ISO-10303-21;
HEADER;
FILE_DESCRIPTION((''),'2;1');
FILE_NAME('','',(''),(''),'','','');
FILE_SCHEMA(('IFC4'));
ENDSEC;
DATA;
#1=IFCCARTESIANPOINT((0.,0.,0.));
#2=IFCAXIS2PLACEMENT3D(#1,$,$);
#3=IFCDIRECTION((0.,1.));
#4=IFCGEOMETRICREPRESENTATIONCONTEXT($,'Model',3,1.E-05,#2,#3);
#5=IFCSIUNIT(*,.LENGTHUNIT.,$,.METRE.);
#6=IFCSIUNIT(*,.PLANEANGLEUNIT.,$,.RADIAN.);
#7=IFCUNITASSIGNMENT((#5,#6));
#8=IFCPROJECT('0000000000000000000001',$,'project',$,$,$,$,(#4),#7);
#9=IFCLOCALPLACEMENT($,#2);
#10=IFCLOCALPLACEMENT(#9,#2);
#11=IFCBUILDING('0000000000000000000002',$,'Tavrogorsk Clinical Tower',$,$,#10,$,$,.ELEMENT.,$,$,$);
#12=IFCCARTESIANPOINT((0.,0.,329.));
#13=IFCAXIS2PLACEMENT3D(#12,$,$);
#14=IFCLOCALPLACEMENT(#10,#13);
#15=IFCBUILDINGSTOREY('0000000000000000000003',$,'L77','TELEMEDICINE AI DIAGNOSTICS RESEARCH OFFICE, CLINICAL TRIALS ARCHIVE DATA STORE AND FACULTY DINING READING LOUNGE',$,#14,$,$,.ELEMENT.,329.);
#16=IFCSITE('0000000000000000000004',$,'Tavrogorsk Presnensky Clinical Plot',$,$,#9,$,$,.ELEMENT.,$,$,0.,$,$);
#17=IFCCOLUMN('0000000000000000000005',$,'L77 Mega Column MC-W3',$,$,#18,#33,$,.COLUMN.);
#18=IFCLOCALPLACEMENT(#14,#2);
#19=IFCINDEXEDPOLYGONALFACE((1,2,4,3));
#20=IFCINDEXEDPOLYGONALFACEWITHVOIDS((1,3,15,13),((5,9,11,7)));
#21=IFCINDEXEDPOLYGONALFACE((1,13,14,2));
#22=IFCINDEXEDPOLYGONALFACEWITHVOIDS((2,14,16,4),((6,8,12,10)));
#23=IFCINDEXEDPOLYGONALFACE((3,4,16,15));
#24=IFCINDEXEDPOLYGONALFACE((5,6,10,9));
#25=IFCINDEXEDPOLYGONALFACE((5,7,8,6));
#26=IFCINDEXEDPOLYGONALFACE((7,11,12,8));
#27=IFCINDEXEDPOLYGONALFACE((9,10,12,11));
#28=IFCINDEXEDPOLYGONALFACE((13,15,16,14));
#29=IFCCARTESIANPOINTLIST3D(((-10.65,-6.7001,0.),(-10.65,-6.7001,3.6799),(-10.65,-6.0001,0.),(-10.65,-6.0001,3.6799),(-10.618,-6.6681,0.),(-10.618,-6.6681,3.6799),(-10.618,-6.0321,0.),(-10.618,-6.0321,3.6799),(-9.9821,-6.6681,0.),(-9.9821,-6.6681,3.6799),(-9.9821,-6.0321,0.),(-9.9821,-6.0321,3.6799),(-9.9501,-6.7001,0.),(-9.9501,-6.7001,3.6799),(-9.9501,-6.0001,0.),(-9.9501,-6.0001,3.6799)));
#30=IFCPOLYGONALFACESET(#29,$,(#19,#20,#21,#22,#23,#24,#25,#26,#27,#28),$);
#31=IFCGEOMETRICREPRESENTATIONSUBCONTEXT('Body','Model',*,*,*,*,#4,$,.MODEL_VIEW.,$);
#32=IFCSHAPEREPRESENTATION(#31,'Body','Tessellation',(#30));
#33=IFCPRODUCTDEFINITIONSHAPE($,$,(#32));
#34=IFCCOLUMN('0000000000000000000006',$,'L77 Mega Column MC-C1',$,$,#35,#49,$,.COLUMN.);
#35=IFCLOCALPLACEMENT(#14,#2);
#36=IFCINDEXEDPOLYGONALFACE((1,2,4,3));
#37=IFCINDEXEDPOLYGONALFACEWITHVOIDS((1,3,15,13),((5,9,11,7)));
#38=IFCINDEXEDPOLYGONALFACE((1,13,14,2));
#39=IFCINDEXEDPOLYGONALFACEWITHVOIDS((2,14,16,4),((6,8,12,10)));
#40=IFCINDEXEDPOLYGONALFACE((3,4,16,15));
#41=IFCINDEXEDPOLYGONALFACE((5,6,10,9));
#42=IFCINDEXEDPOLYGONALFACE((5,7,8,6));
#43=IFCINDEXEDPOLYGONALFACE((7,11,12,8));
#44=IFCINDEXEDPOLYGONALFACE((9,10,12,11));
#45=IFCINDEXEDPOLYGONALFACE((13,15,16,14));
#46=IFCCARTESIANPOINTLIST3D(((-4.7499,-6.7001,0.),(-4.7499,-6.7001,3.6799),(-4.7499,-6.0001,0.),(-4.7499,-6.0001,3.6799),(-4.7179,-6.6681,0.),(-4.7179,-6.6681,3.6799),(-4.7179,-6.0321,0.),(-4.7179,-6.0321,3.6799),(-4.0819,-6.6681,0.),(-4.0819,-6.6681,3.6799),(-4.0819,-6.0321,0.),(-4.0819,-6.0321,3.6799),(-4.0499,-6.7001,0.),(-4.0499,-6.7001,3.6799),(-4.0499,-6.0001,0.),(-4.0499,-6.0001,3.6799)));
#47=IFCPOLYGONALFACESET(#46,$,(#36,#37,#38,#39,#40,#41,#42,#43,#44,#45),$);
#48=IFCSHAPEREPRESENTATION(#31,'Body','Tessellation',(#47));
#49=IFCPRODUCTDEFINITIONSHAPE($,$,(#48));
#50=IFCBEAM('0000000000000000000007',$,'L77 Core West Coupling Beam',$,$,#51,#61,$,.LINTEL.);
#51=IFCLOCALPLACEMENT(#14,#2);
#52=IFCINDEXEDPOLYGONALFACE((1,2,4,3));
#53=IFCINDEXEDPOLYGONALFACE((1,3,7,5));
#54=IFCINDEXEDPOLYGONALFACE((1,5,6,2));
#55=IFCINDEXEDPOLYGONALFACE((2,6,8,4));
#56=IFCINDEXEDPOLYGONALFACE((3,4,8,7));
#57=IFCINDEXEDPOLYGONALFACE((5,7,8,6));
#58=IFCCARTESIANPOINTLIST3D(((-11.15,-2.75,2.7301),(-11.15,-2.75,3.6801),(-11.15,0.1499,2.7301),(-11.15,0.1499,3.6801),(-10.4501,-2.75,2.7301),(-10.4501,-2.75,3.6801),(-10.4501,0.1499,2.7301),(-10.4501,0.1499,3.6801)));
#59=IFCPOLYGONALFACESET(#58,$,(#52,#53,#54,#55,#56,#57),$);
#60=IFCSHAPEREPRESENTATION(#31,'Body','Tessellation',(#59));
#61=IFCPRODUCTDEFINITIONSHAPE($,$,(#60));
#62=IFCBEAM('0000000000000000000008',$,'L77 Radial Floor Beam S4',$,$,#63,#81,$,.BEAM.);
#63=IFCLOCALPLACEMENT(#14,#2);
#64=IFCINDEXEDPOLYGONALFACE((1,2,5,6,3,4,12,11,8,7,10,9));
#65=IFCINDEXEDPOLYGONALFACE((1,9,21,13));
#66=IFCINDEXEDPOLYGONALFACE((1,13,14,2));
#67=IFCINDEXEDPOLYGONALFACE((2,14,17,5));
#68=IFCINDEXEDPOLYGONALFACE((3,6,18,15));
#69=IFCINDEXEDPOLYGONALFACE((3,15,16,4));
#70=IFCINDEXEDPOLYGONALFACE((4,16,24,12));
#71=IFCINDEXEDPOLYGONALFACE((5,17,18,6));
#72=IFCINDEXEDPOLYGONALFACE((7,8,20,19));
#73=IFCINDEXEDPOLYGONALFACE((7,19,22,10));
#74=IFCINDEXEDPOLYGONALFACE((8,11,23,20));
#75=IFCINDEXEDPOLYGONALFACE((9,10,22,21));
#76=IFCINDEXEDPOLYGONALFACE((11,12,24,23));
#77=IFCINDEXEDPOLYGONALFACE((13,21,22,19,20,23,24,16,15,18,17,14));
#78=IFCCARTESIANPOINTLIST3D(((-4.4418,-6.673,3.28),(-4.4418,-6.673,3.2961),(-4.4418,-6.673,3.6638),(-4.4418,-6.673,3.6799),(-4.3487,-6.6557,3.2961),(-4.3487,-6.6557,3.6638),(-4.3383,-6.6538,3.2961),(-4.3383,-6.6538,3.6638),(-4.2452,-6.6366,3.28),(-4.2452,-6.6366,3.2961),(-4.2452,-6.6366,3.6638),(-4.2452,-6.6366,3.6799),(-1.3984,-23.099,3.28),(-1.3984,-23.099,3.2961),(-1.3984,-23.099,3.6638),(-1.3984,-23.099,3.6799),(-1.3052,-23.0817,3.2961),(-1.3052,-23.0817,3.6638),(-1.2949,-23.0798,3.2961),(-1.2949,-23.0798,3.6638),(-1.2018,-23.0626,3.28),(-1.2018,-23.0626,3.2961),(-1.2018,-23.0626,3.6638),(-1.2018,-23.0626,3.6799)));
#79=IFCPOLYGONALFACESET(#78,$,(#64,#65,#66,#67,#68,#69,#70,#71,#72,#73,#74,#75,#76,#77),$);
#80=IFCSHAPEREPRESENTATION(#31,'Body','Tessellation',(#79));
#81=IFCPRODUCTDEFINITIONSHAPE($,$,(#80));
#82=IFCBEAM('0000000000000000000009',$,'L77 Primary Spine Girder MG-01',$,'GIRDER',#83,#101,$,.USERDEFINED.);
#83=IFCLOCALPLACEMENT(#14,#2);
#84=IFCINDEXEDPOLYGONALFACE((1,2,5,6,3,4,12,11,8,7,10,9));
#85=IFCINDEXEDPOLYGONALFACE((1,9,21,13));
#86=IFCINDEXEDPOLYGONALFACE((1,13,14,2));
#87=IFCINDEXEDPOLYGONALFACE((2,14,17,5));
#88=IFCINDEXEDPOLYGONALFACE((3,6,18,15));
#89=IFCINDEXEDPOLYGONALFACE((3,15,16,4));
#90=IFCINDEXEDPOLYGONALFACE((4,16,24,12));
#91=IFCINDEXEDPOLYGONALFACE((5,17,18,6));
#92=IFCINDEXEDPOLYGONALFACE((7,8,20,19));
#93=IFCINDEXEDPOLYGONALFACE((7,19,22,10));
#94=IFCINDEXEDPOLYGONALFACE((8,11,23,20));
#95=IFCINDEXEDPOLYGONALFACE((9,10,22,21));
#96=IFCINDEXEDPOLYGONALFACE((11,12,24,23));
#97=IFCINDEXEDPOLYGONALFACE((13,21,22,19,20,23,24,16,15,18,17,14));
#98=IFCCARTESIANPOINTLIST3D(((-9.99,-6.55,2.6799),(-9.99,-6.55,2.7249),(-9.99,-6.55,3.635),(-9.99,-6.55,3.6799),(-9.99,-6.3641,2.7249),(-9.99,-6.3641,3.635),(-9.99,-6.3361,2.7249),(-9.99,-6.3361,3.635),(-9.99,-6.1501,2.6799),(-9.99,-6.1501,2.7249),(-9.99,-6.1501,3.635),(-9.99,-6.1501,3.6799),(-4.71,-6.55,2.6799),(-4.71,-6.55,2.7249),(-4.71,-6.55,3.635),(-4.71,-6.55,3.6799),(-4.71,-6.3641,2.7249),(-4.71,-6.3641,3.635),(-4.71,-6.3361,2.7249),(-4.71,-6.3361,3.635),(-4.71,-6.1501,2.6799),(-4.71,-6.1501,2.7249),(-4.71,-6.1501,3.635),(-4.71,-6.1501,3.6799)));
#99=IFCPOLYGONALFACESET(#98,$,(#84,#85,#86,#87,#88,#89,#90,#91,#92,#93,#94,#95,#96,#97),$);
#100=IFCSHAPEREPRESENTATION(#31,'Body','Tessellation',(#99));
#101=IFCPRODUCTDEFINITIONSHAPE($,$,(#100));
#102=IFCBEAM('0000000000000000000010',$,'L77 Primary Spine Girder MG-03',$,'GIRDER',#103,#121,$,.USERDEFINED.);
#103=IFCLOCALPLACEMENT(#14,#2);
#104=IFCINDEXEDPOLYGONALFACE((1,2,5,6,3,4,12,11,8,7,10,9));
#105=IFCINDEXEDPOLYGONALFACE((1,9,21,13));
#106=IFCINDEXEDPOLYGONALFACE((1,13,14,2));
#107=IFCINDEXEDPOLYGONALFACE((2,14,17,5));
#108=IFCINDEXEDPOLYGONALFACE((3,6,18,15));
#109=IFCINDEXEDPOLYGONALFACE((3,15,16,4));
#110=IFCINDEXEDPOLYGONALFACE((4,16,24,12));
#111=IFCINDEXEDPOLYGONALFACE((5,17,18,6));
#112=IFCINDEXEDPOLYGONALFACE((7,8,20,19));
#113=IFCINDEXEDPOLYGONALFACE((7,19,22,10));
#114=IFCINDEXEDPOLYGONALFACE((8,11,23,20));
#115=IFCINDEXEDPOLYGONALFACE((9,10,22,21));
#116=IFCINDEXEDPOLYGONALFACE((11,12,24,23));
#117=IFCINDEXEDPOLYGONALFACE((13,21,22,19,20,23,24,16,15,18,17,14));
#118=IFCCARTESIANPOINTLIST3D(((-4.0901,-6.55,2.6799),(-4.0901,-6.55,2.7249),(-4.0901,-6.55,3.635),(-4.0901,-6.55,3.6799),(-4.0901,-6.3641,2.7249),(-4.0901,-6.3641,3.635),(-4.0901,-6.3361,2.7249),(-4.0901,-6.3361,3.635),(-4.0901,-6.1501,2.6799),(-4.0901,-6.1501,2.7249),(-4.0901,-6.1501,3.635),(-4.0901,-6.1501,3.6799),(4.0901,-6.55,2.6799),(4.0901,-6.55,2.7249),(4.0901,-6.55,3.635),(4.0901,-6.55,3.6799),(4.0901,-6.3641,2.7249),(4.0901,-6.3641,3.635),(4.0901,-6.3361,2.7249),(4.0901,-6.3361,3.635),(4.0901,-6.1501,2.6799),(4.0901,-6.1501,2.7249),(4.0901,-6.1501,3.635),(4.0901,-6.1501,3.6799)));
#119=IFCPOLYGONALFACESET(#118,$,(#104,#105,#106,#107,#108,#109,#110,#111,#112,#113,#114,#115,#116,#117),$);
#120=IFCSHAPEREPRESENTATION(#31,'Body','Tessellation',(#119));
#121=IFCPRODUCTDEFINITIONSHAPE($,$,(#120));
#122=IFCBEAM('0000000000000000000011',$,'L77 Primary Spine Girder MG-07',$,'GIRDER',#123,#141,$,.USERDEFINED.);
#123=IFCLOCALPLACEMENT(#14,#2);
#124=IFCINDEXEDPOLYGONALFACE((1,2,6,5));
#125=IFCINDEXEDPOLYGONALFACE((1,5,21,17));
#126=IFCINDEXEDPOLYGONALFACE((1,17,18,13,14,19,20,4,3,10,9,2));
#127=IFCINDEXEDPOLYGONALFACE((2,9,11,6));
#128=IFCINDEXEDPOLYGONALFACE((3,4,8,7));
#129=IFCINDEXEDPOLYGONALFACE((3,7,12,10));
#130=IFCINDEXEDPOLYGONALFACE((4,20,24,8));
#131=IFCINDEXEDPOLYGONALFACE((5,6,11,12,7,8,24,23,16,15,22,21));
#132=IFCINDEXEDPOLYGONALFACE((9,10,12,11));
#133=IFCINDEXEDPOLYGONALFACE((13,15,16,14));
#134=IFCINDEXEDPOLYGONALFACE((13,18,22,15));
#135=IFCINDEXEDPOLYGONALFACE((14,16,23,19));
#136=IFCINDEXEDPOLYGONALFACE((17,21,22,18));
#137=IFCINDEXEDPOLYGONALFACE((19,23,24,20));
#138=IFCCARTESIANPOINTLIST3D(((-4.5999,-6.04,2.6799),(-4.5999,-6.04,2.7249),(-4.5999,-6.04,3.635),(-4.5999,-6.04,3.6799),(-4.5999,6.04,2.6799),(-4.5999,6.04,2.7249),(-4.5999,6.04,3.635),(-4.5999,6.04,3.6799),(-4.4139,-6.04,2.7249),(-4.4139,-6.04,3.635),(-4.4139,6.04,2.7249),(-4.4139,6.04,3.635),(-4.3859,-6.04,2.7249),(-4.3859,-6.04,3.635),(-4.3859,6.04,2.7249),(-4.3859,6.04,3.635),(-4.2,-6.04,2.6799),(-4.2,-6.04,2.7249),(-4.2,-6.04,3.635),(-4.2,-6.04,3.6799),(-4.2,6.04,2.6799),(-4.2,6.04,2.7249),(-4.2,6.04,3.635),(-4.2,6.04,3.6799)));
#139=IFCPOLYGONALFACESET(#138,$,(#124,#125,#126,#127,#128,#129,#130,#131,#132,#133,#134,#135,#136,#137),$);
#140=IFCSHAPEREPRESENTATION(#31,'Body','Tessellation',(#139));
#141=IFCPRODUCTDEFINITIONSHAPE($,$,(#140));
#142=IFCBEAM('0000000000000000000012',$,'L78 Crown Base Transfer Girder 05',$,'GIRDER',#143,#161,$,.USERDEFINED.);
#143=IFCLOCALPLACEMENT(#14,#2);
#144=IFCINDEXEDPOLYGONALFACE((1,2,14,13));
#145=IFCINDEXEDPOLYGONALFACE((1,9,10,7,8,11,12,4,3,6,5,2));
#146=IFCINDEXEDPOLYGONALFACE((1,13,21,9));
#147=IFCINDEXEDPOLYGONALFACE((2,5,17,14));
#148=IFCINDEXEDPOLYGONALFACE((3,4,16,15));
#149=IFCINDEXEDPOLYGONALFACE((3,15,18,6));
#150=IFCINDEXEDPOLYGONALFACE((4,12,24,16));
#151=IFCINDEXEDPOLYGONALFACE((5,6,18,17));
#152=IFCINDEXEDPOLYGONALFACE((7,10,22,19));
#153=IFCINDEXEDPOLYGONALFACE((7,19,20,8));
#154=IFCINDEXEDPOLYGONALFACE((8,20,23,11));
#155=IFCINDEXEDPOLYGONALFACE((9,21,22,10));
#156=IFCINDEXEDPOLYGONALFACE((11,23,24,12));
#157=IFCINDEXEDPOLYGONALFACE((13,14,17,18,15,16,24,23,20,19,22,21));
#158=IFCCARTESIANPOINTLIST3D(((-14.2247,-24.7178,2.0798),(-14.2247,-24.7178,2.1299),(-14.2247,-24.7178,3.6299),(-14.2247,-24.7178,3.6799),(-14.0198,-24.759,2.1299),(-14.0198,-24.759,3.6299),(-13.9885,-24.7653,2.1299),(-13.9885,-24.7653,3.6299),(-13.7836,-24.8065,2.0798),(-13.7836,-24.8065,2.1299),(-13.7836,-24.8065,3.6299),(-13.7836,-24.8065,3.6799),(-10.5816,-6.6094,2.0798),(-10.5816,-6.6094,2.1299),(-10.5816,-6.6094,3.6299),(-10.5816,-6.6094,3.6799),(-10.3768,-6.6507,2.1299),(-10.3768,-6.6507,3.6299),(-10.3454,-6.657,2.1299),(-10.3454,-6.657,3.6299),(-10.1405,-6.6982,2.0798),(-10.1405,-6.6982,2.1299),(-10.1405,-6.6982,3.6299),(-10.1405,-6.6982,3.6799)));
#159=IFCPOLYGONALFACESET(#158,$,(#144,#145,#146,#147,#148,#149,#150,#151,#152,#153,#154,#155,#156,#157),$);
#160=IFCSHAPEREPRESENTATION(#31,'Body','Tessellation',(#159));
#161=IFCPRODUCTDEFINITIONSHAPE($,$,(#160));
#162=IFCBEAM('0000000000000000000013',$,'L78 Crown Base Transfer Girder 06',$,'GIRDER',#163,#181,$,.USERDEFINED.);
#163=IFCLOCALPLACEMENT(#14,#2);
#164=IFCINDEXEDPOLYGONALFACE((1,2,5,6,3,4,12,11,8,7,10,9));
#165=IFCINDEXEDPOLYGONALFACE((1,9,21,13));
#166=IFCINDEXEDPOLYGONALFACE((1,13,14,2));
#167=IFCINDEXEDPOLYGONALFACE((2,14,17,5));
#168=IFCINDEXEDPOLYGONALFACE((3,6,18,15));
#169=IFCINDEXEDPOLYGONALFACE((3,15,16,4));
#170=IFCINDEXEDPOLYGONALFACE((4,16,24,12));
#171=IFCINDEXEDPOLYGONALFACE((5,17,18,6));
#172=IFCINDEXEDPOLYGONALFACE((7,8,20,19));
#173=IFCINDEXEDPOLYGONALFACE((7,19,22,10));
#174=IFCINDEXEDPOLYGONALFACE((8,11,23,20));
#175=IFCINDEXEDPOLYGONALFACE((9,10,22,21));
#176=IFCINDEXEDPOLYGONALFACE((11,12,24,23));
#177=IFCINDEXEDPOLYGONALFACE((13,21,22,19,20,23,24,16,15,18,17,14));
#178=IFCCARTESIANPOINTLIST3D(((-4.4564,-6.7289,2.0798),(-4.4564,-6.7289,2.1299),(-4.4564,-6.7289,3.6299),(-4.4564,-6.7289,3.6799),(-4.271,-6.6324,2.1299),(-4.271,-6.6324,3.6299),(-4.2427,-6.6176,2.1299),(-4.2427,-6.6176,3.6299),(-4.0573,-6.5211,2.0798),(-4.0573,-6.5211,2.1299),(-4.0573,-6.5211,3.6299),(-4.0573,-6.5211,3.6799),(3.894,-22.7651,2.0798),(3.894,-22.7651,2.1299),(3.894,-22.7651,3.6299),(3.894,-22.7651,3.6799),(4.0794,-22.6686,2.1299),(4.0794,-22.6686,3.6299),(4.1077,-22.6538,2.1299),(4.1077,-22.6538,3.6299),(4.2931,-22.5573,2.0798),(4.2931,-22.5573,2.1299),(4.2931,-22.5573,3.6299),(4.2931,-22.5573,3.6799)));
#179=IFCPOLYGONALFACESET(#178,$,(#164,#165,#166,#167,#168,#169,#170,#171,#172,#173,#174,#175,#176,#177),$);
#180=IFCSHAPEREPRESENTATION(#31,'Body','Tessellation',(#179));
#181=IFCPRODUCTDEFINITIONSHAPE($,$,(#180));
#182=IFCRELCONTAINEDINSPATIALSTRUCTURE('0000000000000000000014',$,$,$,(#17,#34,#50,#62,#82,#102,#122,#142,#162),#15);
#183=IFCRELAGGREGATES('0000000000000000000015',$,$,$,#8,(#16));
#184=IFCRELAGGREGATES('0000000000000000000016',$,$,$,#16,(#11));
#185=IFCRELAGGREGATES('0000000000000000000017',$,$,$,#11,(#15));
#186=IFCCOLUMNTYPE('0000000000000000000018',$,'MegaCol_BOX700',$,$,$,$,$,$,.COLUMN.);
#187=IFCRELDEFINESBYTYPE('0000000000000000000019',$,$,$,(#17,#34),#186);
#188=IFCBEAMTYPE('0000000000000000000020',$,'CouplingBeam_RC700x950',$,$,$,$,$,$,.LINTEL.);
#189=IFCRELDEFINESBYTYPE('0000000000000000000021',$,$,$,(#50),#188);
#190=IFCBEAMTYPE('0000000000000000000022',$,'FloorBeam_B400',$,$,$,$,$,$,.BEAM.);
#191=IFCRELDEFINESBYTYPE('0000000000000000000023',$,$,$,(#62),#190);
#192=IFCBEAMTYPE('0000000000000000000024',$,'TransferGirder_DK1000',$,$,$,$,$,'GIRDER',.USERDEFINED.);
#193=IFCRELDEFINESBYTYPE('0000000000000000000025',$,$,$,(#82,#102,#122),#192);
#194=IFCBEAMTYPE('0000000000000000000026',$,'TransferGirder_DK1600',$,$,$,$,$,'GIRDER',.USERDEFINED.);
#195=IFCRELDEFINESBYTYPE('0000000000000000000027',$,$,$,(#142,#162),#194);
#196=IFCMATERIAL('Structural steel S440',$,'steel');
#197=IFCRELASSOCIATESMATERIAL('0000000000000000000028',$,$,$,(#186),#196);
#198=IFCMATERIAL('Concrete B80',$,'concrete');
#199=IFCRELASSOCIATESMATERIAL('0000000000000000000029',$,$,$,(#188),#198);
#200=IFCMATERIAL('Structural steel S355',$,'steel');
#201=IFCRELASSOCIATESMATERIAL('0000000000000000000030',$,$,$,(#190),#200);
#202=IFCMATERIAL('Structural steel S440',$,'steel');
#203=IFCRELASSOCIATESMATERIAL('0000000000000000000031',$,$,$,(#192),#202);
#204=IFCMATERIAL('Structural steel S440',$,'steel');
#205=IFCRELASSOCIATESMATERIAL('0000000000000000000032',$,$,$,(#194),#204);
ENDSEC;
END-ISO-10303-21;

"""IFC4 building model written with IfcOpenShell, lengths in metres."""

from ifc_helpers import new_model, si_unit, direction, frame, origin, origin_2d, place, context, subcontext, project, spatial, rectangle, hollow_rectangle, i_section, extrude, material, material_profile, profile_set, type_object, element, save


model = new_model("IFC4")

# Units and contexts
model_context = context("Model", 3, precision=1e-05, world=origin(), true_north=direction((0.0, 1.0)))
body_context = subcontext(model_context, "Body", "Model", "MODEL_VIEW")
ifc_project = project(units=[si_unit("LENGTHUNIT", "METRE"), si_unit("PLANEANGLEUNIT", "RADIAN")], contexts=[model_context])

# Site, building, storey
site_placement = place(None, origin())
site = spatial("IfcSite", under=ifc_project, at=site_placement, Name="Tavrogorsk Presnensky Clinical Plot", CompositionType="ELEMENT", RefElevation=0.0)
building_placement = place(site_placement, origin())
building = spatial("IfcBuilding", under=site, at=building_placement, Name="Tavrogorsk Clinical Tower", CompositionType="ELEMENT")
storey_placement = place(building_placement, frame((0.0, 0.0, 329.0)))
storey = spatial("IfcBuildingStorey", under=building, at=storey_placement, Name="L77", Description="TELEMEDICINE AI DIAGNOSTICS RESEARCH OFFICE, CLINICAL TRIALS ARCHIVE DATA STORE AND FACULTY DINING READING LOUNGE", CompositionType="ELEMENT", Elevation=329.0)

# Columns
ifc_material_1 = material(Name="Structural steel S440", Category="steel")
ifc_material_profile_1 = material_profile(ifc_material_1, hollow_rectangle(XDim=0.7, YDim=0.7, WallThickness=0.032, at=origin_2d()), Name="BOX-700x700x32")
ifc_profile_set_1 = profile_set([ifc_material_profile_1], Name="Structural steel S440")
column_type = type_object("IfcColumnType", Name="MegaCol_BOX700", PredefinedType="COLUMN", material=ifc_profile_set_1)
for number, where, z_axis, x_axis, name in (
    (1, (-10.3, -6.3501, 0.0), (0.0, 0.0, 1.0), (1.0, 0.0, 0.0), "L77 Mega Column MC-W3"),
    (2, (-4.3999, -6.3501, 0.0), (0.0, 0.0, 1.0), (1.0, 0.0, 0.0), "L77 Mega Column MC-C1"),
):
    element("IfcColumn", number, at=place(storey_placement, frame(where, z_axis=z_axis, x_axis=x_axis)), inside=storey, type_object=column_type, Name=name, PredefinedType="COLUMN", context=body_context, shape_type="SweptSolid", body=[
        extrude(hollow_rectangle(XDim=0.7, YDim=0.7, WallThickness=0.032, at=origin_2d()), origin(), (0.0, 0.0, 1.0), 3.6799),
    ])

# Beams
ifc_material_2 = material(Name="Concrete B80", Category="concrete")
ifc_material_profile_2 = material_profile(ifc_material_2, rectangle(XDim=0.7, YDim=0.95, at=origin_2d()), Name="RC-CB-700x950")
ifc_profile_set_2 = profile_set([ifc_material_profile_2], Name="Concrete B80")
beam_type_1 = type_object("IfcBeamType", Name="CouplingBeam_RC700x950", PredefinedType="LINTEL", material=ifc_profile_set_2)
beam_1_placement = place(storey_placement, frame((-10.8, -2.75, 3.2051), z_axis=(0.0, 1.0, 0.0), x_axis=(-1.0, 0.0, 0.0)))
element("IfcBeam", 3, at=beam_1_placement, inside=storey, type_object=beam_type_1, Name="L77 Core West Coupling Beam", PredefinedType="LINTEL", context=body_context, shape_type="SweptSolid", body=[
    extrude(rectangle(XDim=0.7, YDim=0.95, at=origin_2d()), origin(), (0.0, 0.0, 1.0), 2.8999),
])
ifc_material_3 = material(Name="Structural steel S355", Category="steel")
ifc_material_profile_3 = material_profile(ifc_material_3, i_section(OverallWidth=0.2, OverallDepth=0.3999, WebThickness=0.0105, FlangeThickness=0.0161, at=origin_2d()), Name="B-400x200x10.5x16")
ifc_profile_set_3 = profile_set([ifc_material_profile_3], Name="Structural steel S355")
beam_type_2 = type_object("IfcBeamType", Name="FloorBeam_B400", PredefinedType="BEAM", material=ifc_profile_set_3)
beam_2_placement = place(storey_placement, frame((-4.3435, -6.6548, 3.48), z_axis=(0.182182, -0.983265, 0.0), x_axis=(0.983265, 0.182182, 0.0)))
element("IfcBeam", 4, at=beam_2_placement, inside=storey, type_object=beam_type_2, Name="L77 Radial Floor Beam S4", PredefinedType="BEAM", context=body_context, shape_type="SweptSolid", body=[
    extrude(i_section(OverallWidth=0.2, OverallDepth=0.3999, WebThickness=0.0105, FlangeThickness=0.0161, at=origin_2d()), origin(), (0.0, 0.0, 1.0), 16.7056),
])
ifc_material_4 = material(Name="Structural steel S440", Category="steel")
ifc_material_profile_4 = material_profile(ifc_material_4, i_section(OverallWidth=0.3999, OverallDepth=1.0, WebThickness=0.0281, FlangeThickness=0.0449, at=origin_2d()), Name="DK-1000x400x28x45")
ifc_profile_set_4 = profile_set([ifc_material_profile_4], Name="Structural steel S440")
beam_type_3 = type_object("IfcBeamType", Name="TransferGirder_DK1000", ElementType="GIRDER", PredefinedType="USERDEFINED", material=ifc_profile_set_4)
beam_3_placement = place(storey_placement, frame((-9.99, -6.3501, 3.1799), z_axis=(1.0, 0.0, 0.0), x_axis=(0.0, 1.0, 0.0)))
element("IfcBeam", 5, at=beam_3_placement, inside=storey, type_object=beam_type_3, Name="L77 Primary Spine Girder MG-01", ObjectType="GIRDER", PredefinedType="USERDEFINED", context=body_context, shape_type="SweptSolid", body=[
    extrude(i_section(OverallWidth=0.3999, OverallDepth=1.0, WebThickness=0.0281, FlangeThickness=0.0449, at=origin_2d()), origin(), (0.0, 0.0, 1.0), 5.28),
])
beam_4_placement = place(storey_placement, frame((-4.0901, -6.3501, 3.1799), z_axis=(1.0, 0.0, 0.0), x_axis=(0.0, 1.0, 0.0)))
element("IfcBeam", 6, at=beam_4_placement, inside=storey, type_object=beam_type_3, Name="L77 Primary Spine Girder MG-03", ObjectType="GIRDER", PredefinedType="USERDEFINED", context=body_context, shape_type="SweptSolid", body=[
    extrude(i_section(OverallWidth=0.3999, OverallDepth=1.0, WebThickness=0.0281, FlangeThickness=0.0449, at=origin_2d()), origin(), (0.0, 0.0, 1.0), 8.1802),
])
beam_5_placement = place(storey_placement, frame((-4.3999, -6.04, 3.1799), z_axis=(0.0, 1.0, 0.0), x_axis=(-1.0, 0.0, 0.0)))
element("IfcBeam", 7, at=beam_5_placement, inside=storey, type_object=beam_type_3, Name="L77 Primary Spine Girder MG-07", ObjectType="GIRDER", PredefinedType="USERDEFINED", context=body_context, shape_type="SweptSolid", body=[
    extrude(i_section(OverallWidth=0.3999, OverallDepth=1.0, WebThickness=0.0281, FlangeThickness=0.0449, at=origin_2d()), origin(), (0.0, 0.0, 1.0), 12.0801),
])
ifc_material_5 = material(Name="Structural steel S440", Category="steel")
ifc_material_profile_5 = material_profile(ifc_material_5, i_section(OverallWidth=0.45, OverallDepth=1.6001, WebThickness=0.032, FlangeThickness=0.05, at=origin_2d()), Name="DK-1600x450x32x50")
ifc_profile_set_5 = profile_set([ifc_material_profile_5], Name="Structural steel S440")
beam_type_4 = type_object("IfcBeamType", Name="TransferGirder_DK1600", ElementType="GIRDER", PredefinedType="USERDEFINED", material=ifc_profile_set_5)
beam_6_placement = place(storey_placement, frame((-10.3611, -6.6538, 2.8799), z_axis=(-0.197229, -0.980357, 0.0), x_axis=(0.980357, -0.197229, 0.0)))
element("IfcBeam", 8, at=beam_6_placement, inside=storey, type_object=beam_type_4, Name="L78 Crown Base Transfer Girder 05", ObjectType="GIRDER", PredefinedType="USERDEFINED", context=body_context, shape_type="SweptSolid", body=[
    extrude(i_section(OverallWidth=0.45, OverallDepth=1.6001, WebThickness=0.032, FlangeThickness=0.05, at=origin_2d()), origin(), (0.0, 0.0, 1.0), 18.4712),
])
beam_7_placement = place(storey_placement, frame((-4.2568, -6.625, 2.8799), z_axis=(0.461856, -0.886955, 0.0), x_axis=(0.886955, 0.461856, 0.0)))
element("IfcBeam", 9, at=beam_7_placement, inside=storey, type_object=beam_type_4, Name="L78 Crown Base Transfer Girder 06", ObjectType="GIRDER", PredefinedType="USERDEFINED", context=body_context, shape_type="SweptSolid", body=[
    extrude(i_section(OverallWidth=0.45, OverallDepth=1.6001, WebThickness=0.032, FlangeThickness=0.05, at=origin_2d()), origin(), (0.0, 0.0, 1.0), 18.0801),
])

save(model, "model.ifc")
